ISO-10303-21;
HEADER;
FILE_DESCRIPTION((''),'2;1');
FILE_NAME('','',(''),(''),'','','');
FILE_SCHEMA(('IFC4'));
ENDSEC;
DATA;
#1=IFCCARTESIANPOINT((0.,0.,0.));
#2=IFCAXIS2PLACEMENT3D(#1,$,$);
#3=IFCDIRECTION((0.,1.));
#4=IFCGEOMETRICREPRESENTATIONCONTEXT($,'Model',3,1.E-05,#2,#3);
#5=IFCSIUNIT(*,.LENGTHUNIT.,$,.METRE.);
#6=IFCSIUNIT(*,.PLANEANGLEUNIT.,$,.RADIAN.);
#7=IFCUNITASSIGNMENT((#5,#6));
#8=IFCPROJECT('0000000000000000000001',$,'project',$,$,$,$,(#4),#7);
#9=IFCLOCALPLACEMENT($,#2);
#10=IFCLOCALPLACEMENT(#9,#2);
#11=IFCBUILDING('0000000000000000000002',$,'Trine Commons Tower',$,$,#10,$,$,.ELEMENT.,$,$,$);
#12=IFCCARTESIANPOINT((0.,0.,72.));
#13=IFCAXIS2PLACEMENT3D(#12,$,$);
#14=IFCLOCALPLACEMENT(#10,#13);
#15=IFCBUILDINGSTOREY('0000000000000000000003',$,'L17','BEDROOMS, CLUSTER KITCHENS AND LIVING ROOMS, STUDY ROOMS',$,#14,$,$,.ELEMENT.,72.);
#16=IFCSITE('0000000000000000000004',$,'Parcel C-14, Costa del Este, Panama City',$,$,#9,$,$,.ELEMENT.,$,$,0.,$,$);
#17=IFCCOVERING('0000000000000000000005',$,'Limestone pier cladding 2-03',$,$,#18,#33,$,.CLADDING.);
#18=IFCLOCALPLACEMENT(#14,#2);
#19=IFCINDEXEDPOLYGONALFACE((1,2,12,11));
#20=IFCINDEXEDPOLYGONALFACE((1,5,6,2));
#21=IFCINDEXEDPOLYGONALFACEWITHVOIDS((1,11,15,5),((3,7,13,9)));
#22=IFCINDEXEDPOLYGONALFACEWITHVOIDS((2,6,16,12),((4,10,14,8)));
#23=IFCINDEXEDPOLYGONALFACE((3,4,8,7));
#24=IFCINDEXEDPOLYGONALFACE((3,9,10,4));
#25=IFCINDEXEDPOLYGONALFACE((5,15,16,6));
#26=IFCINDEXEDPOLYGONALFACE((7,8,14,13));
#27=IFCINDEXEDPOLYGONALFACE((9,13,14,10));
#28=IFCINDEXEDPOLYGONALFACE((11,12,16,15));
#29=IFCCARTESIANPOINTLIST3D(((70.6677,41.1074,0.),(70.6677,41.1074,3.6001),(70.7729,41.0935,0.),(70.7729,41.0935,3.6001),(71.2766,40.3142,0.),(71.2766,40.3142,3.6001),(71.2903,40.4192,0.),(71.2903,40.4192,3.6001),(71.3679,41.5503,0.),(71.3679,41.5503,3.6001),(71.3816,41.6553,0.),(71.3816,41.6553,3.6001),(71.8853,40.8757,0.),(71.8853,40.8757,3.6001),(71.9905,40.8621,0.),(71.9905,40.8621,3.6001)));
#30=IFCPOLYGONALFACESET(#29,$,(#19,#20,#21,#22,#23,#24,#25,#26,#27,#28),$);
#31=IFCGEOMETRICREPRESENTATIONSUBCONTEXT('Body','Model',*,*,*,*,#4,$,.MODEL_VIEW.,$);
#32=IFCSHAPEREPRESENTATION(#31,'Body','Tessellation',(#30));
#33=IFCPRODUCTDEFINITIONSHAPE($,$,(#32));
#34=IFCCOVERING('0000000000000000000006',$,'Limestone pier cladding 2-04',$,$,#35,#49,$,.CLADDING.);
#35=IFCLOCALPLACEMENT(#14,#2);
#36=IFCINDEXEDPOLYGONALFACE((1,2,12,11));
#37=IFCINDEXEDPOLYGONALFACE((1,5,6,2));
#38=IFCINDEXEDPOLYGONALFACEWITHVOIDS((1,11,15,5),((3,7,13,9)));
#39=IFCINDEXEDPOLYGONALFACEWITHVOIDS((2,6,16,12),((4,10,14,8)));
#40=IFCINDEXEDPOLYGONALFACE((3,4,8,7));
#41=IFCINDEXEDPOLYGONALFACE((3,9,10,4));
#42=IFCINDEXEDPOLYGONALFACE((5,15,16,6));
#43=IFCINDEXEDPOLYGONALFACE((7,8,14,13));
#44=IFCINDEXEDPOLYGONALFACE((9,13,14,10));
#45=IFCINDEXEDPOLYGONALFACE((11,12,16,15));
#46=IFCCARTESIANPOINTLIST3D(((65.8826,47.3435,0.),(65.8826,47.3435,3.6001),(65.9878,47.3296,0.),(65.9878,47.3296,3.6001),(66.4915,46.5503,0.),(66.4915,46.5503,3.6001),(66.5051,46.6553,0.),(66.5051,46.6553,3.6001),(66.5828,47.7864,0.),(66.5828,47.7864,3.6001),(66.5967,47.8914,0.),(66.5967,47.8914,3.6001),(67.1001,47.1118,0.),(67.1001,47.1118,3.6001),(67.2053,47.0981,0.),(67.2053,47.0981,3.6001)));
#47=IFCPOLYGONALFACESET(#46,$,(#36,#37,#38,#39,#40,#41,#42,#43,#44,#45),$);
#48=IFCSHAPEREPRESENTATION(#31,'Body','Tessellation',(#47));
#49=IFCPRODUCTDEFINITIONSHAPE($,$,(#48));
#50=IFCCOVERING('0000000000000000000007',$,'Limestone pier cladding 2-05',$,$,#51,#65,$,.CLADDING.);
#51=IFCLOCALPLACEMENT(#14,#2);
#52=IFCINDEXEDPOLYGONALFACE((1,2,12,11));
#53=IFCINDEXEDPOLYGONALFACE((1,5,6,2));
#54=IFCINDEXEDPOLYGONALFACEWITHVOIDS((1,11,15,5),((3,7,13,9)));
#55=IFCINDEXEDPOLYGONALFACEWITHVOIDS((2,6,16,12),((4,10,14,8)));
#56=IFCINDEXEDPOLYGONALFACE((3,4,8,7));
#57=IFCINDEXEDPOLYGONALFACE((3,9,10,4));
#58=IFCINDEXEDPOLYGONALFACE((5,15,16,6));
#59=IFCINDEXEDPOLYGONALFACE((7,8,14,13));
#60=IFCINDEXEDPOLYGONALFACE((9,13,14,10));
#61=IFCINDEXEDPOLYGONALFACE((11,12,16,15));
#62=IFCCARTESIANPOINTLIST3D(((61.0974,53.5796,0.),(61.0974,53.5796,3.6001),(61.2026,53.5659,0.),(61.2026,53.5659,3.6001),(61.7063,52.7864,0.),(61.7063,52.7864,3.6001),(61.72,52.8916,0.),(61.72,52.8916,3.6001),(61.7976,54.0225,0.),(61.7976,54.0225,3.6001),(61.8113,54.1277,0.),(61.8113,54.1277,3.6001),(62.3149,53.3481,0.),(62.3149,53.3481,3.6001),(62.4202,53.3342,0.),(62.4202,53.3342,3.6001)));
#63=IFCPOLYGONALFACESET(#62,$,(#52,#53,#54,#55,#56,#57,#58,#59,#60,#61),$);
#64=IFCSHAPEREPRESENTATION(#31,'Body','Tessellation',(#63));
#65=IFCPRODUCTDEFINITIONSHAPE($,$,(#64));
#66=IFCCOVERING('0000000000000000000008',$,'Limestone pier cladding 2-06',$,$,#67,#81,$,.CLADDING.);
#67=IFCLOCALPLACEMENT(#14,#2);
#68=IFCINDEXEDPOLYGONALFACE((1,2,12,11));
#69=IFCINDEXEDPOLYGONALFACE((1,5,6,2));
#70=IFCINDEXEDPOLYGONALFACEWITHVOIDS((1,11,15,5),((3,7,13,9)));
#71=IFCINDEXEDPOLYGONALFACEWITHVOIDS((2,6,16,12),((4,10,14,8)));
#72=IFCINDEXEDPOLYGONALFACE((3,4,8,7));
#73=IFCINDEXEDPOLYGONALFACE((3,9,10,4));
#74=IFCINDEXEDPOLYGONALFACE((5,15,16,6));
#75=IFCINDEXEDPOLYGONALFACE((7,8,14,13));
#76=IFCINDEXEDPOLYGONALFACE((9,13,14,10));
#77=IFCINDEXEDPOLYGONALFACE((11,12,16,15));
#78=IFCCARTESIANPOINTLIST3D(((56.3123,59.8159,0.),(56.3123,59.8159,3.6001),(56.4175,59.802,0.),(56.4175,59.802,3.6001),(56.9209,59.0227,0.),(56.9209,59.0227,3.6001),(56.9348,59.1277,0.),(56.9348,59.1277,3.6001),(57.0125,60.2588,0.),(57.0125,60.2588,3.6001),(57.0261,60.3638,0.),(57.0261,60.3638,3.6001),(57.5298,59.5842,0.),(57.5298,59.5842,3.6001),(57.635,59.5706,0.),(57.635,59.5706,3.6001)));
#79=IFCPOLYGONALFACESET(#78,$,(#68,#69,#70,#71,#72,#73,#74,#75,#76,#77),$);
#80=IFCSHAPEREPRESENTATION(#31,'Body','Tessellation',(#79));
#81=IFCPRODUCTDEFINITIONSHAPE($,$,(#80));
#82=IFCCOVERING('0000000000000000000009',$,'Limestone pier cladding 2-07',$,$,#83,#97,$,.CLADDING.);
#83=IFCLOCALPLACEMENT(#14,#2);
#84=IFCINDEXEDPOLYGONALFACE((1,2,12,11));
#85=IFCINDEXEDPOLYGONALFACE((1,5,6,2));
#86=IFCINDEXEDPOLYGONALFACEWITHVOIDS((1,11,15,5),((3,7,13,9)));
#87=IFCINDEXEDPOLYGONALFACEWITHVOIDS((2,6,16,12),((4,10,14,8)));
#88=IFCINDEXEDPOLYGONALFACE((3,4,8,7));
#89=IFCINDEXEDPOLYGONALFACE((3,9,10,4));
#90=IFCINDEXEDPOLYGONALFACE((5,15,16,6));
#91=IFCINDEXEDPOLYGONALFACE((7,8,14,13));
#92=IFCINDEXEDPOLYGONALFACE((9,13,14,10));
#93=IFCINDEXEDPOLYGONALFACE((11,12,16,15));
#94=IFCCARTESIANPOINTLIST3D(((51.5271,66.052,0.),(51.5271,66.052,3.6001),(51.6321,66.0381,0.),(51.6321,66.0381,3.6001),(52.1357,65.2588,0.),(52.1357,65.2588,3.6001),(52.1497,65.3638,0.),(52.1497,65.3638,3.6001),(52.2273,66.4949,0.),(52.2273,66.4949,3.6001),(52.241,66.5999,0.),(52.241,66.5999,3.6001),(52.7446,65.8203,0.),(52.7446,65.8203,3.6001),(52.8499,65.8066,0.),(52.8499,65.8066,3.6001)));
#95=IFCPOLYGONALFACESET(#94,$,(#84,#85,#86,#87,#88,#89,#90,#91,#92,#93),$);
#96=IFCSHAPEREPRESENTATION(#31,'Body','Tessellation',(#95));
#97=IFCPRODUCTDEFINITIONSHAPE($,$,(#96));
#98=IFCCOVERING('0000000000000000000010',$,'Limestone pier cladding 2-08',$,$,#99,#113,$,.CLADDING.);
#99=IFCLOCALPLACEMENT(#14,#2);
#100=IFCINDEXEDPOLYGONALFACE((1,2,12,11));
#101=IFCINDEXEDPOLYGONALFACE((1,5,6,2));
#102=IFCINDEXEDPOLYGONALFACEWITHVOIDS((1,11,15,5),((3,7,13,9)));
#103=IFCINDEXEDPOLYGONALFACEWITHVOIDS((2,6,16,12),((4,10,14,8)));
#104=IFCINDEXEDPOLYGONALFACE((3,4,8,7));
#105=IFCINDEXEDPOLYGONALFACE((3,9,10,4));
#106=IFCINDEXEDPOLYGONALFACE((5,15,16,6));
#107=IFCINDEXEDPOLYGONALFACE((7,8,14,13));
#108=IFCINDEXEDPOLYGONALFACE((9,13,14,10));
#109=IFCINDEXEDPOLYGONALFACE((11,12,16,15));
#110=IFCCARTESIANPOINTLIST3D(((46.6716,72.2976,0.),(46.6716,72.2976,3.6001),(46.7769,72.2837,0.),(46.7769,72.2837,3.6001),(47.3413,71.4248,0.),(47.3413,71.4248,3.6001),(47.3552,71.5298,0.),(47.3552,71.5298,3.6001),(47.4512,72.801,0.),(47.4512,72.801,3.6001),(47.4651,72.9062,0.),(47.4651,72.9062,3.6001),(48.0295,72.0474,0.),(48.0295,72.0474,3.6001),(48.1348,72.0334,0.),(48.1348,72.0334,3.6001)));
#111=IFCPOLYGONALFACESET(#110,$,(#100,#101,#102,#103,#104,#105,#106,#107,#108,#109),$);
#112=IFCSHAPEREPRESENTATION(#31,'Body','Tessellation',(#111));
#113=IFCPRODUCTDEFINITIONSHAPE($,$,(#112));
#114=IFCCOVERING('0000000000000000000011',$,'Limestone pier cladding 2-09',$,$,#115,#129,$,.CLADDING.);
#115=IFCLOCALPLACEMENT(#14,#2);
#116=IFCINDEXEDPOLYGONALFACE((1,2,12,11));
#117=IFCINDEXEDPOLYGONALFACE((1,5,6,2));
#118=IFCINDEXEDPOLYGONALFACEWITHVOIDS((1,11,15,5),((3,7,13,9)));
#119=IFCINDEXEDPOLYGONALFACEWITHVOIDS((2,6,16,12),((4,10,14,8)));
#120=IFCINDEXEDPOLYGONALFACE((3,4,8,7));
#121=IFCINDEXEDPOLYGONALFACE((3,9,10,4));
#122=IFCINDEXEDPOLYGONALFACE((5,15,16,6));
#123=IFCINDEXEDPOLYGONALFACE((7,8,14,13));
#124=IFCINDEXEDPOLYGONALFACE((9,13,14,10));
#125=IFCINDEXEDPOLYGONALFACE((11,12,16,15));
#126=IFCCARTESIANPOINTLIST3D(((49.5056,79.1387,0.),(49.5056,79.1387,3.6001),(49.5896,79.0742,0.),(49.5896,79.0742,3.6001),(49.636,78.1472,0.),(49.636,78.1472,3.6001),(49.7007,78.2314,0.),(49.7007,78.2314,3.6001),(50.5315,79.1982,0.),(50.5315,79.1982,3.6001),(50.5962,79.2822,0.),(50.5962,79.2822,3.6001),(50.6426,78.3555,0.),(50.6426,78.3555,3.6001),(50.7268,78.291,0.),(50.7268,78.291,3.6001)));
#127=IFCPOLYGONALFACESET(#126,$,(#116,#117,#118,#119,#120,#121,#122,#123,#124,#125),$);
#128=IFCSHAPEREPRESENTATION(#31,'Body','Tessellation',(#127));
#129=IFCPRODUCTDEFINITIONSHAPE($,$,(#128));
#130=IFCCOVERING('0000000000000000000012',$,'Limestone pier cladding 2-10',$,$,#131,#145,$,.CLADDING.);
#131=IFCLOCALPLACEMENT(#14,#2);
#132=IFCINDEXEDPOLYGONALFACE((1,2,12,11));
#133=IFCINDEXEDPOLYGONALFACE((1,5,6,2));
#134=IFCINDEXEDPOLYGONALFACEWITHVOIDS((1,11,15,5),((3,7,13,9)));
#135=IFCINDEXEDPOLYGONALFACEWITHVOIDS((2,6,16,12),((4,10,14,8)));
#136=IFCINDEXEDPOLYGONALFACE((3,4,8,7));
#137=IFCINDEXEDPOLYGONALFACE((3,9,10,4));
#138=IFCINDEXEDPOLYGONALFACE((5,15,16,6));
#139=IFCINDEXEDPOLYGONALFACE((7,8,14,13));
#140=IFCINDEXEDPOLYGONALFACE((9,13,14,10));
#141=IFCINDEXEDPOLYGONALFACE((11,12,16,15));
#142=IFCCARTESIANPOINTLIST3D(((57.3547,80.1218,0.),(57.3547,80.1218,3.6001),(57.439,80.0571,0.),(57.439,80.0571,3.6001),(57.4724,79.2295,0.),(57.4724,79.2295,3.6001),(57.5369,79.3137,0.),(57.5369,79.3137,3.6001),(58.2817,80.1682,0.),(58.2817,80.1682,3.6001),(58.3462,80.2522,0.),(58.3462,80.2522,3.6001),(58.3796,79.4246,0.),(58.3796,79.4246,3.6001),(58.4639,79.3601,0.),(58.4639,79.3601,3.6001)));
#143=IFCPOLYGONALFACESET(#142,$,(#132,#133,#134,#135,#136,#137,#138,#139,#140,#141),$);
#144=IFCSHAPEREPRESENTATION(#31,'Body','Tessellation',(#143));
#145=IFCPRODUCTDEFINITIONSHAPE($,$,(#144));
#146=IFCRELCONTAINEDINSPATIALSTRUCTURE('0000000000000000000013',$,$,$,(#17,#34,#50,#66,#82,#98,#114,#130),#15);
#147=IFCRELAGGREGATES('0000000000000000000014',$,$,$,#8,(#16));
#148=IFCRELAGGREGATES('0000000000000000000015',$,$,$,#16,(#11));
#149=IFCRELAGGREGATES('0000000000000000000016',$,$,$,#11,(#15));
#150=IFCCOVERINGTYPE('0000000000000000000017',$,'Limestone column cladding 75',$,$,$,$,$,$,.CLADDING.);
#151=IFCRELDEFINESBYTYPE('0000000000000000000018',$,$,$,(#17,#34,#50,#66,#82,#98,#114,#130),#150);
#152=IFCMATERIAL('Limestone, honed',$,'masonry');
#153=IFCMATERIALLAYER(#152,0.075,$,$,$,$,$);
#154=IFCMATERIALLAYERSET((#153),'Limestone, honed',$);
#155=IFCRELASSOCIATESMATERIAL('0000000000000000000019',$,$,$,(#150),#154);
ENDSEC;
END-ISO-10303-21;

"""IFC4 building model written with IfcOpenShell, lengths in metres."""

from ifc_helpers import new_model, si_unit, direction, frame, origin, place, context, subcontext, project, spatial, polyline, outline, extrude, material, layer, layer_set, type_object, element, save


model = new_model("IFC4")

# Units and contexts
model_context = context("Model", 3, precision=1e-05, world=origin(), true_north=direction((0.0, 1.0)))
body_context = subcontext(model_context, "Body", "Model", "MODEL_VIEW")
ifc_project = project(units=[si_unit("LENGTHUNIT", "METRE"), si_unit("PLANEANGLEUNIT", "RADIAN")], contexts=[model_context])

# Site, building, storey
site_placement = place(None, origin())
site = spatial("IfcSite", under=ifc_project, at=site_placement, Name="Parcel C-14, Costa del Este, Panama City", CompositionType="ELEMENT", RefElevation=0.0)
building_placement = place(site_placement, origin())
building = spatial("IfcBuilding", under=site, at=building_placement, Name="Trine Commons Tower", CompositionType="ELEMENT")
storey_placement = place(building_placement, frame((0.0, 0.0, 72.0)))
storey = spatial("IfcBuildingStorey", under=building, at=storey_placement, Name="L17", Description="BEDROOMS, CLUSTER KITCHENS AND LIVING ROOMS, STUDY ROOMS", CompositionType="ELEMENT", Elevation=72.0)

# Coverings
ifc_material_1 = material(Name="Limestone, honed", Category="masonry")
ifc_layer_1 = layer(ifc_material_1, 0.075)
ifc_layer_set_1 = layer_set([ifc_layer_1], Name="Limestone, honed")
covering_type_1 = type_object("IfcCoveringType", Name="Limestone column cladding 75", PredefinedType="CLADDING", material=ifc_layer_set_1)
covering_1_placement = place(storey_placement, origin())
element("IfcCovering", 1, at=covering_1_placement, inside=storey, type_object=covering_type_1, Name="Limestone pier cladding 2-03", PredefinedType="CLADDING", context=body_context, shape_type="SweptSolid", body=[
    extrude(outline(polyline([(71.3816, 41.6553), (70.6677, 41.1074), (71.2766, 40.3142), (71.9905, 40.8621), (71.3816, 41.6553)]), holes=[polyline([(71.3679, 41.5503), (70.7729, 41.0935), (71.2903, 40.4192), (71.8853, 40.8757), (71.3679, 41.5503)])]), origin(), (0.0, 0.0, 1.0), 3.6001),
])
covering_2_placement = place(storey_placement, origin())
element("IfcCovering", 2, at=covering_2_placement, inside=storey, type_object=covering_type_1, Name="Limestone pier cladding 2-04", PredefinedType="CLADDING", context=body_context, shape_type="SweptSolid", body=[
    extrude(outline(polyline([(66.5967, 47.8914), (65.8826, 47.3435), (66.4915, 46.5503), (67.2053, 47.0981), (66.5967, 47.8914)]), holes=[polyline([(66.5828, 47.7864), (65.9878, 47.3296), (66.5051, 46.6553), (67.1001, 47.1118), (66.5828, 47.7864)])]), origin(), (0.0, 0.0, 1.0), 3.6001),
])
covering_3_placement = place(storey_placement, origin())
element("IfcCovering", 3, at=covering_3_placement, inside=storey, type_object=covering_type_1, Name="Limestone pier cladding 2-05", PredefinedType="CLADDING", context=body_context, shape_type="SweptSolid", body=[
    extrude(outline(polyline([(61.8113, 54.1277), (61.0974, 53.5796), (61.7063, 52.7864), (62.4202, 53.3342), (61.8113, 54.1277)]), holes=[polyline([(61.7976, 54.0225), (61.2026, 53.5659), (61.72, 52.8916), (62.3149, 53.3481), (61.7976, 54.0225)])]), origin(), (0.0, 0.0, 1.0), 3.6001),
])
covering_4_placement = place(storey_placement, origin())
element("IfcCovering", 4, at=covering_4_placement, inside=storey, type_object=covering_type_1, Name="Limestone pier cladding 2-06", PredefinedType="CLADDING", context=body_context, shape_type="SweptSolid", body=[
    extrude(outline(polyline([(57.0261, 60.3638), (56.3123, 59.8159), (56.9209, 59.0227), (57.635, 59.5706), (57.0261, 60.3638)]), holes=[polyline([(57.0125, 60.2588), (56.4175, 59.802), (56.9348, 59.1277), (57.5298, 59.5842), (57.0125, 60.2588)])]), origin(), (0.0, 0.0, 1.0), 3.6001),
])
covering_5_placement = place(storey_placement, origin())
element("IfcCovering", 5, at=covering_5_placement, inside=storey, type_object=covering_type_1, Name="Limestone pier cladding 2-07", PredefinedType="CLADDING", context=body_context, shape_type="SweptSolid", body=[
    extrude(outline(polyline([(52.241, 66.5999), (51.5271, 66.052), (52.1357, 65.2588), (52.8499, 65.8066), (52.241, 66.5999)]), holes=[polyline([(52.2273, 66.4949), (51.6321, 66.0381), (52.1497, 65.3638), (52.7446, 65.8203), (52.2273, 66.4949)])]), origin(), (0.0, 0.0, 1.0), 3.6001),
])
covering_6_placement = place(storey_placement, origin())
element("IfcCovering", 6, at=covering_6_placement, inside=storey, type_object=covering_type_1, Name="Limestone pier cladding 2-08", PredefinedType="CLADDING", context=body_context, shape_type="SweptSolid", body=[
    extrude(outline(polyline([(47.4651, 72.9062), (46.6716, 72.2976), (47.3413, 71.4248), (48.1348, 72.0334), (47.4651, 72.9062)]), holes=[polyline([(47.4512, 72.801), (46.7769, 72.2837), (47.3552, 71.5298), (48.0295, 72.0474), (47.4512, 72.801)])]), origin(), (0.0, 0.0, 1.0), 3.6001),
])
covering_7_placement = place(storey_placement, origin())
element("IfcCovering", 7, at=covering_7_placement, inside=storey, type_object=covering_type_1, Name="Limestone pier cladding 2-09", PredefinedType="CLADDING", context=body_context, shape_type="SweptSolid", body=[
    extrude(outline(polyline([(50.7268, 78.291), (50.5962, 79.2822), (49.5056, 79.1387), (49.636, 78.1472), (50.7268, 78.291)]), holes=[polyline([(50.6426, 78.3555), (50.5315, 79.1982), (49.5896, 79.0742), (49.7007, 78.2314), (50.6426, 78.3555)])]), origin(), (0.0, 0.0, 1.0), 3.6001),
])
covering_8_placement = place(storey_placement, origin())
element("IfcCovering", 8, at=covering_8_placement, inside=storey, type_object=covering_type_1, Name="Limestone pier cladding 2-10", PredefinedType="CLADDING", context=body_context, shape_type="SweptSolid", body=[
    extrude(outline(polyline([(58.4639, 79.3601), (58.3462, 80.2522), (57.3547, 80.1218), (57.4724, 79.2295), (58.4639, 79.3601)]), holes=[polyline([(58.3796, 79.4246), (58.2817, 80.1682), (57.439, 80.0571), (57.5369, 79.3137), (58.3796, 79.4246)])]), origin(), (0.0, 0.0, 1.0), 3.6001),
])

save(model, "model.ifc")
